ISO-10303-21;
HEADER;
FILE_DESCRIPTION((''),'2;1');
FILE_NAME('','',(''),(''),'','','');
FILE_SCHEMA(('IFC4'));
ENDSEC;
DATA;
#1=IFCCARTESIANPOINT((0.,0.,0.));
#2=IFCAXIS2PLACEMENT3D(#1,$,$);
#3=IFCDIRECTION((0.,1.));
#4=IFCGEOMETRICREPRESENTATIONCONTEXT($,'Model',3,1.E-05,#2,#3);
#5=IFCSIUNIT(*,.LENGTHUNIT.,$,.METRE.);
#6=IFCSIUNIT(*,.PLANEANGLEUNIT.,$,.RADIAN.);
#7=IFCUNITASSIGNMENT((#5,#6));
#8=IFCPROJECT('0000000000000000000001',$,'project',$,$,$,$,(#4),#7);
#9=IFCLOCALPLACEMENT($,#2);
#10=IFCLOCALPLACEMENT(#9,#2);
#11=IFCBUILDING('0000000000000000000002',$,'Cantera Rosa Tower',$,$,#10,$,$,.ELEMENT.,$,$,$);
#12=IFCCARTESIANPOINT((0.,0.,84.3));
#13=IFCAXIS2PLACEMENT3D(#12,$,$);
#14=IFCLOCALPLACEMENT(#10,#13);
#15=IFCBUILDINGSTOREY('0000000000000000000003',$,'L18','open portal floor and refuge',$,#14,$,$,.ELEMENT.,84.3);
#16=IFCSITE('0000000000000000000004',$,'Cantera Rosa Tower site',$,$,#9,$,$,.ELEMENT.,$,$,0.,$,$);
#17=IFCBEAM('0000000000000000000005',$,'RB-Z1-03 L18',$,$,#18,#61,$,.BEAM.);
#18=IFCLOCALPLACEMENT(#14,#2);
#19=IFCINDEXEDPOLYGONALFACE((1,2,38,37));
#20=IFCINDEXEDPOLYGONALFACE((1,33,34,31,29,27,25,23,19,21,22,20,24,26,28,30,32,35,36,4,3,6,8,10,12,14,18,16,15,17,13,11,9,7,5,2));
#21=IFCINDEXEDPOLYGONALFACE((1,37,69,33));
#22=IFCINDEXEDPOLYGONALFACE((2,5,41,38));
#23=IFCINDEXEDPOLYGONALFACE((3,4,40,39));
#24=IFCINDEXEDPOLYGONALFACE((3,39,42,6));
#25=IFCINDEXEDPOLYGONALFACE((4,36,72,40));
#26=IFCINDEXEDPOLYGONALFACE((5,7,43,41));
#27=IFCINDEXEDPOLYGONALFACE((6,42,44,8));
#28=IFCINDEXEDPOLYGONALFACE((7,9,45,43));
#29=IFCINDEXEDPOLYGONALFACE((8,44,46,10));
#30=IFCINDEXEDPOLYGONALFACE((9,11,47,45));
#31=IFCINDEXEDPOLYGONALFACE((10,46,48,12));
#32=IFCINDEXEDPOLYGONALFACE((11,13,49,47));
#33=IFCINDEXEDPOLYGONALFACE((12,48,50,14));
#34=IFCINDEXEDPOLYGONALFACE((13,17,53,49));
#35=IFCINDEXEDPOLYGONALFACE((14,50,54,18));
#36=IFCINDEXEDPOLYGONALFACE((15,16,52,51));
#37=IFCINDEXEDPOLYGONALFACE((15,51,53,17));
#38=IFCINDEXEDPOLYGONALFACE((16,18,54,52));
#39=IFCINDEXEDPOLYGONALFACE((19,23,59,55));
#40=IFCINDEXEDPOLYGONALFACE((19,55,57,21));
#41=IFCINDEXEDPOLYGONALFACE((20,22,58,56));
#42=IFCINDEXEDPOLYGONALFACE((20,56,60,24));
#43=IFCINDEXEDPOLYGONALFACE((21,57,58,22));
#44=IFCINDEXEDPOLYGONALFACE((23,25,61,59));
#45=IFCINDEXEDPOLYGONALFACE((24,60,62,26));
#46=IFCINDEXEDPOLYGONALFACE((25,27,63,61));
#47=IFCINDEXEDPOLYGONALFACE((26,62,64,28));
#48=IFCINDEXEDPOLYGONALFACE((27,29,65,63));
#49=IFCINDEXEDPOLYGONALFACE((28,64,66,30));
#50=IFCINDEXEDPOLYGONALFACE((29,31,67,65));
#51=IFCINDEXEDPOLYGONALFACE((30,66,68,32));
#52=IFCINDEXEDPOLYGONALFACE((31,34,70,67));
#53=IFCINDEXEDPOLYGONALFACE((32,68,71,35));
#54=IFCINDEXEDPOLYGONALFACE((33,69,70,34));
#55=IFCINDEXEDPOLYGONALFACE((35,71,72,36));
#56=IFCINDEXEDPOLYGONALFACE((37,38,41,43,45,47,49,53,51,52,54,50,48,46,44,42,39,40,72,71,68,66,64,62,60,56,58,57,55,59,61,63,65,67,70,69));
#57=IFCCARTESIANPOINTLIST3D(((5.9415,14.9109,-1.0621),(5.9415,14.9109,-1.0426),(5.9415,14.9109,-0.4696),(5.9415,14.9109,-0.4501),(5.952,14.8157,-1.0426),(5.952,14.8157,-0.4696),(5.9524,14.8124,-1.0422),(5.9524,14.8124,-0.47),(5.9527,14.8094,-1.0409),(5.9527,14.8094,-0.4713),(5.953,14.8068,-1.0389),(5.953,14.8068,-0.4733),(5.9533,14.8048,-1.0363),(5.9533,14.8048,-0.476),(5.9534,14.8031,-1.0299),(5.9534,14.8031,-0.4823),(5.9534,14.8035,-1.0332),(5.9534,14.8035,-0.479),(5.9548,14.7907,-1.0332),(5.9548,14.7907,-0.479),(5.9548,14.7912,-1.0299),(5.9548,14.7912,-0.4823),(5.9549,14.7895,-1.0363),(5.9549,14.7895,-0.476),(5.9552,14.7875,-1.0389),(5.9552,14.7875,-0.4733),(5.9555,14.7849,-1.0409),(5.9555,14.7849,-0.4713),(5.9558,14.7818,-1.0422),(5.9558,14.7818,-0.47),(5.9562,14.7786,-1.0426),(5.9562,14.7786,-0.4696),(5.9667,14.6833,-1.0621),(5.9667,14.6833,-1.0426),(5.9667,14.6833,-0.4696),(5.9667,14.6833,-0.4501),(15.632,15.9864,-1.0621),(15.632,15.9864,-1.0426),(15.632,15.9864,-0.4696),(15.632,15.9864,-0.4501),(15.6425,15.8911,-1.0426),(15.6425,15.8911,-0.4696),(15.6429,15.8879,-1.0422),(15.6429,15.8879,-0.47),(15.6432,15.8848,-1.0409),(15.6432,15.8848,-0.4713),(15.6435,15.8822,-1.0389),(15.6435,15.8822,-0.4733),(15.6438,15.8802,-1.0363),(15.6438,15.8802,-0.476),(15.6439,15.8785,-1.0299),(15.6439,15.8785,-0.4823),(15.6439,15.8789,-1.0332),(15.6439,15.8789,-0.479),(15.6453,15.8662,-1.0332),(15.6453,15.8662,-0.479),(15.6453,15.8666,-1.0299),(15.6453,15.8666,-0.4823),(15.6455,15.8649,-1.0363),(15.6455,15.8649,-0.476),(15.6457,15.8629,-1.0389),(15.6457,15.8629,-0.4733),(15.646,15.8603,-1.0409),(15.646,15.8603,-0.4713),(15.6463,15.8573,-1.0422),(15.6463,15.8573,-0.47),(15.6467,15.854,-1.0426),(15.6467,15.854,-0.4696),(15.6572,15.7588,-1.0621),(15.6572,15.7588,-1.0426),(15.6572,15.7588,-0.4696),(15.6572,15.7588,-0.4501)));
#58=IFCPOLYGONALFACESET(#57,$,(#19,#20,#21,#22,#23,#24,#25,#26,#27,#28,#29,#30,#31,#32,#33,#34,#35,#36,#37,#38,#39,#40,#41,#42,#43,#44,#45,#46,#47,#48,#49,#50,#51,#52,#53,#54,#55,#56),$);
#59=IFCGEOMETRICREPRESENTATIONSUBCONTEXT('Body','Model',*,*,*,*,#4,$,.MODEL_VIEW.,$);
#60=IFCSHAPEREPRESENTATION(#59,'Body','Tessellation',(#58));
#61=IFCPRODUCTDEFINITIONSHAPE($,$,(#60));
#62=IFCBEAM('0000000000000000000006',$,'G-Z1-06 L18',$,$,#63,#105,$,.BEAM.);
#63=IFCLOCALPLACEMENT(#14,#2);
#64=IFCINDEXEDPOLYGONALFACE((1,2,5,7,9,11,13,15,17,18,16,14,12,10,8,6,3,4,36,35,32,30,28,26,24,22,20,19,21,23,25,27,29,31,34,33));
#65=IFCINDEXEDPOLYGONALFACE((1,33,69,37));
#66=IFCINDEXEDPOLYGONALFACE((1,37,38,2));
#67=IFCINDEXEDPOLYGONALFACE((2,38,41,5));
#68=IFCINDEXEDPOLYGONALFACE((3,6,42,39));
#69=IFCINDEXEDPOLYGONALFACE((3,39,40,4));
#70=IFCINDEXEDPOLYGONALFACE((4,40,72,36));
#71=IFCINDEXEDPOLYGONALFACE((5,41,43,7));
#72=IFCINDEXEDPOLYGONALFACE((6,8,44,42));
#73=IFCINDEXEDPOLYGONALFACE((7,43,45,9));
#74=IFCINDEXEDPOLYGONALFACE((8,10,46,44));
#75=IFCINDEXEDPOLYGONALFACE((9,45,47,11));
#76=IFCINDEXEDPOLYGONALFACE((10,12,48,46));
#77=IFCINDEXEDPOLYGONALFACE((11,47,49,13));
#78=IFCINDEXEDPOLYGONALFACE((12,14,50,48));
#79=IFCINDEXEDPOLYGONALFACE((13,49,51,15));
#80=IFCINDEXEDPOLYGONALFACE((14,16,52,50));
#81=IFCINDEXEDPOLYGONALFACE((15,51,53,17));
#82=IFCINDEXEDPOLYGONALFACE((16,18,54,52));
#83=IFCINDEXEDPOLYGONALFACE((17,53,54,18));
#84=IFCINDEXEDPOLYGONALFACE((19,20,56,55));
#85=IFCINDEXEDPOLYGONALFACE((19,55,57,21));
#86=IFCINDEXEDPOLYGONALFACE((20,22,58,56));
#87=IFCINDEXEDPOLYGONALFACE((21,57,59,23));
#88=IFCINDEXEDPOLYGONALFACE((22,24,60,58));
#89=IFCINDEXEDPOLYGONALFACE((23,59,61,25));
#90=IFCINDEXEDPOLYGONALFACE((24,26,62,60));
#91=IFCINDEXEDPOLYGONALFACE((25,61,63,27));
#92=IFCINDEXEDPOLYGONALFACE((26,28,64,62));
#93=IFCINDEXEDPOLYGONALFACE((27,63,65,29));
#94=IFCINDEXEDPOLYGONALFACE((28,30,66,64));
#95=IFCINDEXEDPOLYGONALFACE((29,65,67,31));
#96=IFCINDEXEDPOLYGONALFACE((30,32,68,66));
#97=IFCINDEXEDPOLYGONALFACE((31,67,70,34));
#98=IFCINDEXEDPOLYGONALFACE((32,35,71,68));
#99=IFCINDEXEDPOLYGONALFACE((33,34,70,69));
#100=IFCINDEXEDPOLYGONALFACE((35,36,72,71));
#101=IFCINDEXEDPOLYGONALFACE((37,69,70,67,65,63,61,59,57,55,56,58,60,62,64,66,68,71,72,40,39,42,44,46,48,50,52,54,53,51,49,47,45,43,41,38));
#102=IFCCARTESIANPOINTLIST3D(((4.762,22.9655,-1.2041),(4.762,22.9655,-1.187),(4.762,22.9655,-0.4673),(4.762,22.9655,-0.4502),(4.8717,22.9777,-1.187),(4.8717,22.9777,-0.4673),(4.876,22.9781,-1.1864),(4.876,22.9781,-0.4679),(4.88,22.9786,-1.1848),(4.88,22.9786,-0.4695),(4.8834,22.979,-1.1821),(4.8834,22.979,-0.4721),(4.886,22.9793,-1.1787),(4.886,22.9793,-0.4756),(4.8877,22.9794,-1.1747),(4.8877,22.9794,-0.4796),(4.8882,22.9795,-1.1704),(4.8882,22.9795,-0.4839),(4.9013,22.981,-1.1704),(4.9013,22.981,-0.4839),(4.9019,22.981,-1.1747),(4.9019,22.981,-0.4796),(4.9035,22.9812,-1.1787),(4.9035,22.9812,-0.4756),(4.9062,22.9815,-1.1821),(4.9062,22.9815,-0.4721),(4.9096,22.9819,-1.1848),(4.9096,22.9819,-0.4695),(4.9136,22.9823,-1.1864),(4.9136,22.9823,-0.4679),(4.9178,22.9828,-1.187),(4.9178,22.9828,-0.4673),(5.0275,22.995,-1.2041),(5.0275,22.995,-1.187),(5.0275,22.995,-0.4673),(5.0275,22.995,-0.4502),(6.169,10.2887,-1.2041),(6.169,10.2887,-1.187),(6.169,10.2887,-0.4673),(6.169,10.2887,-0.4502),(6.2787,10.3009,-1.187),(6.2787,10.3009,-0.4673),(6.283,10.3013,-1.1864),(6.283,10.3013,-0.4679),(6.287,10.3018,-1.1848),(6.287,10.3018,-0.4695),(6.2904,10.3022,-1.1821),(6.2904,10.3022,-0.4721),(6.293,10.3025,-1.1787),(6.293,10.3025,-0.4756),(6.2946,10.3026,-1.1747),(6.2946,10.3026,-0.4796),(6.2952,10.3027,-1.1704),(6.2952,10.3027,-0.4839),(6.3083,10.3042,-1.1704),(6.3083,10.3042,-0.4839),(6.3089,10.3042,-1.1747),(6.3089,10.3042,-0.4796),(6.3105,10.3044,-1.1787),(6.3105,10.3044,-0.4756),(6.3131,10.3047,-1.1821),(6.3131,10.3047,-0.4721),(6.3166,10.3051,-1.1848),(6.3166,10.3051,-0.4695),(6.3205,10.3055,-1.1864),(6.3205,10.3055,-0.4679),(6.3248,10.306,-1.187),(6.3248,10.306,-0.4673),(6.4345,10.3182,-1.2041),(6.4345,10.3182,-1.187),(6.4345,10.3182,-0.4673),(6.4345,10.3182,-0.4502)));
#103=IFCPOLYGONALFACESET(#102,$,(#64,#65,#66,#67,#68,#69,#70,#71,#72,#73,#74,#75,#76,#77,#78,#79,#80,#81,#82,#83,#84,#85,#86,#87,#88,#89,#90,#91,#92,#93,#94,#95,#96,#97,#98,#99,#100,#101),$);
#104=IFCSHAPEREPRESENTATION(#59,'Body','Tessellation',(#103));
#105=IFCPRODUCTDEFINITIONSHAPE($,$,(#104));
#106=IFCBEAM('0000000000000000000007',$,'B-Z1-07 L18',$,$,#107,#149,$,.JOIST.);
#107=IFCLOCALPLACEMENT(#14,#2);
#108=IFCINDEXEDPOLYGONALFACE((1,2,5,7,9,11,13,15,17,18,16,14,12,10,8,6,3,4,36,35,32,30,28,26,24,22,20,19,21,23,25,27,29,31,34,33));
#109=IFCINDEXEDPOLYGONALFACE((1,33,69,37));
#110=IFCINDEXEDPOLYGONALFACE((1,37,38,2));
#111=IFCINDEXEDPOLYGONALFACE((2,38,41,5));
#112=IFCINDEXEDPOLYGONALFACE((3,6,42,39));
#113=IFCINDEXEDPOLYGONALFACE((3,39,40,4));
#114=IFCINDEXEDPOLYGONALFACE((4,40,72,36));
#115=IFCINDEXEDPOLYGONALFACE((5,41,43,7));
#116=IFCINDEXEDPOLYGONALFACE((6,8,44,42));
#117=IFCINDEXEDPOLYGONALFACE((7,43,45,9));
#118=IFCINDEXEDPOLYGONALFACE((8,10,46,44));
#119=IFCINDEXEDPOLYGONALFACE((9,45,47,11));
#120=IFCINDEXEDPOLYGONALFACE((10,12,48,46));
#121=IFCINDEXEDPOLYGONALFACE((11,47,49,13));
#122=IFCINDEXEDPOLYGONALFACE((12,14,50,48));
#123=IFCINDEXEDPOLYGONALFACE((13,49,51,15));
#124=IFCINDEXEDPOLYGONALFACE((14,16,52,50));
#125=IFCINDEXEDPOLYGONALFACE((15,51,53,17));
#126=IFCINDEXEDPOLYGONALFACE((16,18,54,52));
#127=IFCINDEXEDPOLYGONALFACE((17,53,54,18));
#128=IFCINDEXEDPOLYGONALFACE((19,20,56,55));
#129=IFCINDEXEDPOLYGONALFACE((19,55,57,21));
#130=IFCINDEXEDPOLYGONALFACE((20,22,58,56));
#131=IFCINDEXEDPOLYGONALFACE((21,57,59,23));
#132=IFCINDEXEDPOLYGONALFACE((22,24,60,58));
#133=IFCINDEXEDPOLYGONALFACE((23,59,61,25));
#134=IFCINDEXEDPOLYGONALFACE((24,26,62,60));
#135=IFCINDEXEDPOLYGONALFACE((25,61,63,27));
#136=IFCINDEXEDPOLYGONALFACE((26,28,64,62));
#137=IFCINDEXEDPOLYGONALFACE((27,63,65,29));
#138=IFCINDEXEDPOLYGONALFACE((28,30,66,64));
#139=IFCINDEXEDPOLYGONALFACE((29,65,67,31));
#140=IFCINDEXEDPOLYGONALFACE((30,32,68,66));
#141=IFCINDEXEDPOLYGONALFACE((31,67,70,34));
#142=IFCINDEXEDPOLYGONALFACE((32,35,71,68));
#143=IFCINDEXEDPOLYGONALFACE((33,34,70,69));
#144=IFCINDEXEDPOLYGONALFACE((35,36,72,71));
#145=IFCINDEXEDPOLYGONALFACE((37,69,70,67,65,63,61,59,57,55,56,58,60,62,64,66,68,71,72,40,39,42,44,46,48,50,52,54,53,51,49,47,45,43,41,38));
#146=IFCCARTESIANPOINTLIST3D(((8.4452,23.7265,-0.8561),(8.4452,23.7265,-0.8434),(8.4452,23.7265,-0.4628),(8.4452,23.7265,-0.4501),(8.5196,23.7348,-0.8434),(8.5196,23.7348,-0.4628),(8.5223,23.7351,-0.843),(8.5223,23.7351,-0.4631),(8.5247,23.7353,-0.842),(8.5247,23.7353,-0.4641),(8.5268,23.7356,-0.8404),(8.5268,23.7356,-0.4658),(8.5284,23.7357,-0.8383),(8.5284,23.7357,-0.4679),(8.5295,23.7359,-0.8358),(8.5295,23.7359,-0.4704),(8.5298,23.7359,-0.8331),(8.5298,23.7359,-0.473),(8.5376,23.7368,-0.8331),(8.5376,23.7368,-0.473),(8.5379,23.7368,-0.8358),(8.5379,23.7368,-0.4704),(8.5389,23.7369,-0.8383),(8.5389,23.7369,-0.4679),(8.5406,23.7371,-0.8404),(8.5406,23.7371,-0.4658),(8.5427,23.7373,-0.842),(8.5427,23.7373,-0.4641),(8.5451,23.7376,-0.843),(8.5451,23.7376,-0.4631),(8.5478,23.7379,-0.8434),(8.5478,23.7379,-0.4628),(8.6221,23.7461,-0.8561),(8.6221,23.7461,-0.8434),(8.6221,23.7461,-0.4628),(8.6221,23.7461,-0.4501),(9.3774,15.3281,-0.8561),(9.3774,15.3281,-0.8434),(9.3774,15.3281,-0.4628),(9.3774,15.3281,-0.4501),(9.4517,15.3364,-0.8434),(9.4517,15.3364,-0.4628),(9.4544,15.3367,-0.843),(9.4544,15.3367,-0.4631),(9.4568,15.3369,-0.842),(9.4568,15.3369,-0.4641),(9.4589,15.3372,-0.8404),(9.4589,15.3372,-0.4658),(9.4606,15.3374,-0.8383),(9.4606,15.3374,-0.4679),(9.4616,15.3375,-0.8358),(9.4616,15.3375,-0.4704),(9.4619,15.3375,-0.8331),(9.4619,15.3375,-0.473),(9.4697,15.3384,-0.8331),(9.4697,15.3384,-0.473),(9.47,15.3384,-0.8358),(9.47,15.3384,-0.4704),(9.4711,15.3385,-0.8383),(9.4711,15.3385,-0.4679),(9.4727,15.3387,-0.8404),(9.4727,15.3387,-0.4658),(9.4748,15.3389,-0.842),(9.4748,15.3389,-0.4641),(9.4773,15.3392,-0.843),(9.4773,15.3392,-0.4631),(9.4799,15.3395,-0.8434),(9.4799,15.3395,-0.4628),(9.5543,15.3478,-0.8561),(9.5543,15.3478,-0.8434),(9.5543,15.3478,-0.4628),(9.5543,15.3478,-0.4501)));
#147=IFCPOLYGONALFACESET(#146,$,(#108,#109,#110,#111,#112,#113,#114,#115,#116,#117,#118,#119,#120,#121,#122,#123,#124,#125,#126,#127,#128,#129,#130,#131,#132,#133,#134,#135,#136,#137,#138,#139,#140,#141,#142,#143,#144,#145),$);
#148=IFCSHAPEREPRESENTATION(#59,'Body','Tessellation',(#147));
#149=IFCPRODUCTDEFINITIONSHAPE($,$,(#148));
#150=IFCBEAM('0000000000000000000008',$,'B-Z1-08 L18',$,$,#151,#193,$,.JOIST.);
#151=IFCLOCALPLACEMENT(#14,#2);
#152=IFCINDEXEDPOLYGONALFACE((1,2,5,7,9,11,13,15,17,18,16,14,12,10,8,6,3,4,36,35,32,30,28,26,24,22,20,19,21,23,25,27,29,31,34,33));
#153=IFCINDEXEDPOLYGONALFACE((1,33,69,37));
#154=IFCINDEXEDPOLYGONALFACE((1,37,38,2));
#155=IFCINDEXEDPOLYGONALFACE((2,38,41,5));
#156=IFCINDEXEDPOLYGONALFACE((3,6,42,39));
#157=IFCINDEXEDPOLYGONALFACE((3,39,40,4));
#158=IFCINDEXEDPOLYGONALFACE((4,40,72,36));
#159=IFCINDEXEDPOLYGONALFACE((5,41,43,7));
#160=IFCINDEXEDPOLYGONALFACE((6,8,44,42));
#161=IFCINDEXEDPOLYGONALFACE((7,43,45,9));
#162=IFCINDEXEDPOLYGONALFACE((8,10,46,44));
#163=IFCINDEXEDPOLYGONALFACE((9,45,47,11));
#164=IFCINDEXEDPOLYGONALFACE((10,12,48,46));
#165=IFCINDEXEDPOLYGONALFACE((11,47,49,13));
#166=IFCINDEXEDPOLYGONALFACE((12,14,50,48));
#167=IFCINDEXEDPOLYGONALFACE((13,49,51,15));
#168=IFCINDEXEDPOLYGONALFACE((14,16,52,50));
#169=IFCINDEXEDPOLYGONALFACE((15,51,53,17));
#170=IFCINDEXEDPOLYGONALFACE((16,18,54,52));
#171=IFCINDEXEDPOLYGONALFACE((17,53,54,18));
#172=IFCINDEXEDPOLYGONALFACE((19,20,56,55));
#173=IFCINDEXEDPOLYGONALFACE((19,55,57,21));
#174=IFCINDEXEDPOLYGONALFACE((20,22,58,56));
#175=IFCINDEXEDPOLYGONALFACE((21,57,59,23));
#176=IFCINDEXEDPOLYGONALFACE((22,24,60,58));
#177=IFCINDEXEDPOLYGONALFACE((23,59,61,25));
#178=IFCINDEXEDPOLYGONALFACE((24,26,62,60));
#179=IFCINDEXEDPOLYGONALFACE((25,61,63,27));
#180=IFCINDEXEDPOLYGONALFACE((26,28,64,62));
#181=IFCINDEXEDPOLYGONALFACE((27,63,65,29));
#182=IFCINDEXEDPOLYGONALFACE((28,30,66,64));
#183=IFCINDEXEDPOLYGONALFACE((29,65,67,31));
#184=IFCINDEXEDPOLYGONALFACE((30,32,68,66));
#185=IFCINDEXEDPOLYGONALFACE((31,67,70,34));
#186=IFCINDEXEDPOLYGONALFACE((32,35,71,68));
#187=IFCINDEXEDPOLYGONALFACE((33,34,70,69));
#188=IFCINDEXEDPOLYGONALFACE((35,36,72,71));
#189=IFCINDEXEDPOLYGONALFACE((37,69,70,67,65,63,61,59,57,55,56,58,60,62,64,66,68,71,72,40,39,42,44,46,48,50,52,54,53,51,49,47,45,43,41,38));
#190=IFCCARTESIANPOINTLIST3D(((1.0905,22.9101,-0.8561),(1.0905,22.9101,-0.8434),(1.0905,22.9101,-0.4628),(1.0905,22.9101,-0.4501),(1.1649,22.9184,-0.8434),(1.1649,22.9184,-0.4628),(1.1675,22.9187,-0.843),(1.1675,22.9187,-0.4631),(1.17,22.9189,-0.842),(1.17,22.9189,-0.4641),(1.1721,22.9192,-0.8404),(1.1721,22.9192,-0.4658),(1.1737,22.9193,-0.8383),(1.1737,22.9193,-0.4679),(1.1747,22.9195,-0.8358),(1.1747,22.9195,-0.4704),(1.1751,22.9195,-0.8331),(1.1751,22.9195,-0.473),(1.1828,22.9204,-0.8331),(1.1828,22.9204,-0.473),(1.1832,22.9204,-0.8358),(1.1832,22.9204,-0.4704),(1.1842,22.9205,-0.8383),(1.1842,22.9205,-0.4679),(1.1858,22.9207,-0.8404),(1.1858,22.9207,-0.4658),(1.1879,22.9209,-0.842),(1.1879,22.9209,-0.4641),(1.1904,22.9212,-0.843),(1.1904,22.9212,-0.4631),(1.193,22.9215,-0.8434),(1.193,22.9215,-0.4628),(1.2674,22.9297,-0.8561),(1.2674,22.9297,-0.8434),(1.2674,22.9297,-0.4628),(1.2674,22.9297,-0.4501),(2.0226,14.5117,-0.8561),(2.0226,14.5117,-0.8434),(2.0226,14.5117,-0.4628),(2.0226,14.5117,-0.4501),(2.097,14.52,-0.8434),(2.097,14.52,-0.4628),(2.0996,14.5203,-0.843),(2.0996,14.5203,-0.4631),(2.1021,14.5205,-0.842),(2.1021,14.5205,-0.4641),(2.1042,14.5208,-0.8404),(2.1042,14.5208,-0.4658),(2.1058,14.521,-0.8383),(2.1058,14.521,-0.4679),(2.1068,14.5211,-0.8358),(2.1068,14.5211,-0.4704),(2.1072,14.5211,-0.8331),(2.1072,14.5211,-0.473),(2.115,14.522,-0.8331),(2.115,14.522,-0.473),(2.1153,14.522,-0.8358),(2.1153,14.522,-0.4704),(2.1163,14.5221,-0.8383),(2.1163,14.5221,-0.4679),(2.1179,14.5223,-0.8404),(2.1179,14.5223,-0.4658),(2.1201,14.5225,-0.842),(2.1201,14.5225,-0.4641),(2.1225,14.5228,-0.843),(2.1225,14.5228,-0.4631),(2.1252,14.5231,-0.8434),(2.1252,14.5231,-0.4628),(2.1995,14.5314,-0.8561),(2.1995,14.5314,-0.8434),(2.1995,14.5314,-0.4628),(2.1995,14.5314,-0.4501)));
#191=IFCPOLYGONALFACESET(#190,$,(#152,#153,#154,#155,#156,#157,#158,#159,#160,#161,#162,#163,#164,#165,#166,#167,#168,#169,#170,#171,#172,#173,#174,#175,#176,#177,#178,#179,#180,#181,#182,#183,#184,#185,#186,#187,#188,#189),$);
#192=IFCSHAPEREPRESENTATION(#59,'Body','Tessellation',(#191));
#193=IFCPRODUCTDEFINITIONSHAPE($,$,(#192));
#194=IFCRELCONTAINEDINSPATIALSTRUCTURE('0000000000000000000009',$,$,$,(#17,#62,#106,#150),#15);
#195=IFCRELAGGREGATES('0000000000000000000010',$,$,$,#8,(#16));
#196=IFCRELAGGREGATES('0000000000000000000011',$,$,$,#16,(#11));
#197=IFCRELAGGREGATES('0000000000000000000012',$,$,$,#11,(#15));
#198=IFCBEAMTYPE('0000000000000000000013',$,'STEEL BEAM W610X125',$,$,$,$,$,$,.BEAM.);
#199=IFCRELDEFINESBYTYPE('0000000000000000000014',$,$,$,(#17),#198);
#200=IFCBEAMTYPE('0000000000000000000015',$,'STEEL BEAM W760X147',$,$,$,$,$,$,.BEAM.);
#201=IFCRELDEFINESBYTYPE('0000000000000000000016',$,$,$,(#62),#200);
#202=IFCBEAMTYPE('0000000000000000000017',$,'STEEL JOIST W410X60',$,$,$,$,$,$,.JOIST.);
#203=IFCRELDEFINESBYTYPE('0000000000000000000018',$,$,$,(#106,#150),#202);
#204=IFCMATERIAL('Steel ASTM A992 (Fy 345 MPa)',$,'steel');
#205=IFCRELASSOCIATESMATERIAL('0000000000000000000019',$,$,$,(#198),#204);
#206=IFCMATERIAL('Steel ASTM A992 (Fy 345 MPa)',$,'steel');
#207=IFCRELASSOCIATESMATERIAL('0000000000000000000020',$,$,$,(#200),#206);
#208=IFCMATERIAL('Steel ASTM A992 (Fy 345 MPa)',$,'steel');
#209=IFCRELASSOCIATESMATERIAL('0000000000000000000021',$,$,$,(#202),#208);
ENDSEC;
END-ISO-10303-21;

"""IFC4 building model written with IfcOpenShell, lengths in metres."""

from ifc_helpers import new_model, si_unit, direction, frame, origin, origin_2d, place, context, subcontext, project, spatial, i_section, extrude, material, material_profile, profile_set, type_object, element, save


model = new_model("IFC4")

# Units and contexts
model_context = context("Model", 3, precision=1e-05, world=origin(), true_north=direction((0.0, 1.0)))
body_context = subcontext(model_context, "Body", "Model", "MODEL_VIEW")
ifc_project = project(units=[si_unit("LENGTHUNIT", "METRE"), si_unit("PLANEANGLEUNIT", "RADIAN")], contexts=[model_context])

# Site, building, storey
site_placement = place(None, origin())
site = spatial("IfcSite", under=ifc_project, at=site_placement, Name="Cantera Rosa Tower site", CompositionType="ELEMENT", RefElevation=0.0)
building_placement = place(site_placement, origin())
building = spatial("IfcBuilding", under=site, at=building_placement, Name="Cantera Rosa Tower", CompositionType="ELEMENT")
storey_placement = place(building_placement, frame((0.0, 0.0, 84.3)))
storey = spatial("IfcBuildingStorey", under=building, at=storey_placement, Name="L18", Description="open portal floor and refuge", CompositionType="ELEMENT", Elevation=84.3)

# Beams
ifc_material_1 = material(Name="Steel ASTM A992 (Fy 345 MPa)", Category="steel")
ifc_material_profile_1 = material_profile(ifc_material_1, i_section(OverallWidth=0.229, OverallDepth=0.6121, WebThickness=0.012, FlangeThickness=0.0195, FilletRadius=0.0127, at=origin_2d()), Name="W610X125")
ifc_profile_set_1 = profile_set([ifc_material_profile_1], Name="Steel ASTM A992 (Fy 345 MPa)")
beam_type_1 = type_object("IfcBeamType", Name="STEEL BEAM W610X125", PredefinedType="BEAM", material=ifc_profile_set_1)
beam_1_placement = place(storey_placement, frame((5.9541, 14.7971, -0.7561), z_axis=(0.993898, 0.110302, 0.0), x_axis=(-0.110302, 0.993898, 0.0)))
element("IfcBeam", 1, at=beam_1_placement, inside=storey, type_object=beam_type_1, Name="RB-Z1-03 L18", PredefinedType="BEAM", context=body_context, shape_type="SweptSolid", body=[
    extrude(i_section(OverallWidth=0.229, OverallDepth=0.6121, WebThickness=0.012, FlangeThickness=0.0195, FilletRadius=0.0127, at=origin_2d()), origin(), (0.0, 0.0, 1.0), 9.75),
])
ifc_material_2 = material(Name="Steel ASTM A992 (Fy 345 MPa)", Category="steel")
ifc_material_profile_2 = material_profile(ifc_material_2, i_section(OverallWidth=0.2671, OverallDepth=0.7539, WebThickness=0.0132, FlangeThickness=0.0171, FilletRadius=0.0166, at=origin_2d()), Name="W760X147")
ifc_profile_set_2 = profile_set([ifc_material_profile_2], Name="Steel ASTM A992 (Fy 345 MPa)")
beam_type_2 = type_object("IfcBeamType", Name="STEEL BEAM W760X147", PredefinedType="BEAM", material=ifc_profile_set_2)
beam_2_placement = place(storey_placement, frame((4.8948, 22.9802, -0.8271), z_axis=(0.110312, -0.993897, 0.0), x_axis=(0.993897, 0.110312, 0.0)))
element("IfcBeam", 2, at=beam_2_placement, inside=storey, type_object=beam_type_2, Name="G-Z1-06 L18", PredefinedType="BEAM", context=body_context, shape_type="SweptSolid", body=[
    extrude(i_section(OverallWidth=0.2671, OverallDepth=0.7539, WebThickness=0.0132, FlangeThickness=0.0171, FilletRadius=0.0166, at=origin_2d()), origin(), (0.0, 0.0, 1.0), 12.7546),
])
ifc_material_3 = material(Name="Steel ASTM A992 (Fy 345 MPa)", Category="steel")
ifc_material_profile_3 = material_profile(ifc_material_3, i_section(OverallWidth=0.178, OverallDepth=0.406, WebThickness=0.0078, FlangeThickness=0.0127, FilletRadius=0.0103, at=origin_2d()), Name="W410X60")
ifc_profile_set_3 = profile_set([ifc_material_profile_3], Name="Steel ASTM A992 (Fy 345 MPa)")
beam_type_3 = type_object("IfcBeamType", Name="STEEL JOIST W410X60", PredefinedType="JOIST", material=ifc_profile_set_3)
for number, where, z_axis, x_axis, name in (
    (3, (8.5337, 23.7363, -0.6531), (0.110311, -0.993897, 0.0), (0.993897, 0.110311, 0.0), "B-Z1-07 L18"),
    (4, (1.179, 22.9199, -0.6531), (0.110311, -0.993897, 0.0), (0.993897, 0.110311, 0.0), "B-Z1-08 L18"),
):
    element("IfcBeam", number, at=place(storey_placement, frame(where, z_axis=z_axis, x_axis=x_axis)), inside=storey, type_object=beam_type_3, Name=name, PredefinedType="JOIST", context=body_context, shape_type="SweptSolid", body=[
        extrude(i_section(OverallWidth=0.178, OverallDepth=0.406, WebThickness=0.0078, FlangeThickness=0.0127, FilletRadius=0.0103, at=origin_2d()), origin(), (0.0, 0.0, 1.0), 8.45),
    ])

save(model, "model.ifc")
